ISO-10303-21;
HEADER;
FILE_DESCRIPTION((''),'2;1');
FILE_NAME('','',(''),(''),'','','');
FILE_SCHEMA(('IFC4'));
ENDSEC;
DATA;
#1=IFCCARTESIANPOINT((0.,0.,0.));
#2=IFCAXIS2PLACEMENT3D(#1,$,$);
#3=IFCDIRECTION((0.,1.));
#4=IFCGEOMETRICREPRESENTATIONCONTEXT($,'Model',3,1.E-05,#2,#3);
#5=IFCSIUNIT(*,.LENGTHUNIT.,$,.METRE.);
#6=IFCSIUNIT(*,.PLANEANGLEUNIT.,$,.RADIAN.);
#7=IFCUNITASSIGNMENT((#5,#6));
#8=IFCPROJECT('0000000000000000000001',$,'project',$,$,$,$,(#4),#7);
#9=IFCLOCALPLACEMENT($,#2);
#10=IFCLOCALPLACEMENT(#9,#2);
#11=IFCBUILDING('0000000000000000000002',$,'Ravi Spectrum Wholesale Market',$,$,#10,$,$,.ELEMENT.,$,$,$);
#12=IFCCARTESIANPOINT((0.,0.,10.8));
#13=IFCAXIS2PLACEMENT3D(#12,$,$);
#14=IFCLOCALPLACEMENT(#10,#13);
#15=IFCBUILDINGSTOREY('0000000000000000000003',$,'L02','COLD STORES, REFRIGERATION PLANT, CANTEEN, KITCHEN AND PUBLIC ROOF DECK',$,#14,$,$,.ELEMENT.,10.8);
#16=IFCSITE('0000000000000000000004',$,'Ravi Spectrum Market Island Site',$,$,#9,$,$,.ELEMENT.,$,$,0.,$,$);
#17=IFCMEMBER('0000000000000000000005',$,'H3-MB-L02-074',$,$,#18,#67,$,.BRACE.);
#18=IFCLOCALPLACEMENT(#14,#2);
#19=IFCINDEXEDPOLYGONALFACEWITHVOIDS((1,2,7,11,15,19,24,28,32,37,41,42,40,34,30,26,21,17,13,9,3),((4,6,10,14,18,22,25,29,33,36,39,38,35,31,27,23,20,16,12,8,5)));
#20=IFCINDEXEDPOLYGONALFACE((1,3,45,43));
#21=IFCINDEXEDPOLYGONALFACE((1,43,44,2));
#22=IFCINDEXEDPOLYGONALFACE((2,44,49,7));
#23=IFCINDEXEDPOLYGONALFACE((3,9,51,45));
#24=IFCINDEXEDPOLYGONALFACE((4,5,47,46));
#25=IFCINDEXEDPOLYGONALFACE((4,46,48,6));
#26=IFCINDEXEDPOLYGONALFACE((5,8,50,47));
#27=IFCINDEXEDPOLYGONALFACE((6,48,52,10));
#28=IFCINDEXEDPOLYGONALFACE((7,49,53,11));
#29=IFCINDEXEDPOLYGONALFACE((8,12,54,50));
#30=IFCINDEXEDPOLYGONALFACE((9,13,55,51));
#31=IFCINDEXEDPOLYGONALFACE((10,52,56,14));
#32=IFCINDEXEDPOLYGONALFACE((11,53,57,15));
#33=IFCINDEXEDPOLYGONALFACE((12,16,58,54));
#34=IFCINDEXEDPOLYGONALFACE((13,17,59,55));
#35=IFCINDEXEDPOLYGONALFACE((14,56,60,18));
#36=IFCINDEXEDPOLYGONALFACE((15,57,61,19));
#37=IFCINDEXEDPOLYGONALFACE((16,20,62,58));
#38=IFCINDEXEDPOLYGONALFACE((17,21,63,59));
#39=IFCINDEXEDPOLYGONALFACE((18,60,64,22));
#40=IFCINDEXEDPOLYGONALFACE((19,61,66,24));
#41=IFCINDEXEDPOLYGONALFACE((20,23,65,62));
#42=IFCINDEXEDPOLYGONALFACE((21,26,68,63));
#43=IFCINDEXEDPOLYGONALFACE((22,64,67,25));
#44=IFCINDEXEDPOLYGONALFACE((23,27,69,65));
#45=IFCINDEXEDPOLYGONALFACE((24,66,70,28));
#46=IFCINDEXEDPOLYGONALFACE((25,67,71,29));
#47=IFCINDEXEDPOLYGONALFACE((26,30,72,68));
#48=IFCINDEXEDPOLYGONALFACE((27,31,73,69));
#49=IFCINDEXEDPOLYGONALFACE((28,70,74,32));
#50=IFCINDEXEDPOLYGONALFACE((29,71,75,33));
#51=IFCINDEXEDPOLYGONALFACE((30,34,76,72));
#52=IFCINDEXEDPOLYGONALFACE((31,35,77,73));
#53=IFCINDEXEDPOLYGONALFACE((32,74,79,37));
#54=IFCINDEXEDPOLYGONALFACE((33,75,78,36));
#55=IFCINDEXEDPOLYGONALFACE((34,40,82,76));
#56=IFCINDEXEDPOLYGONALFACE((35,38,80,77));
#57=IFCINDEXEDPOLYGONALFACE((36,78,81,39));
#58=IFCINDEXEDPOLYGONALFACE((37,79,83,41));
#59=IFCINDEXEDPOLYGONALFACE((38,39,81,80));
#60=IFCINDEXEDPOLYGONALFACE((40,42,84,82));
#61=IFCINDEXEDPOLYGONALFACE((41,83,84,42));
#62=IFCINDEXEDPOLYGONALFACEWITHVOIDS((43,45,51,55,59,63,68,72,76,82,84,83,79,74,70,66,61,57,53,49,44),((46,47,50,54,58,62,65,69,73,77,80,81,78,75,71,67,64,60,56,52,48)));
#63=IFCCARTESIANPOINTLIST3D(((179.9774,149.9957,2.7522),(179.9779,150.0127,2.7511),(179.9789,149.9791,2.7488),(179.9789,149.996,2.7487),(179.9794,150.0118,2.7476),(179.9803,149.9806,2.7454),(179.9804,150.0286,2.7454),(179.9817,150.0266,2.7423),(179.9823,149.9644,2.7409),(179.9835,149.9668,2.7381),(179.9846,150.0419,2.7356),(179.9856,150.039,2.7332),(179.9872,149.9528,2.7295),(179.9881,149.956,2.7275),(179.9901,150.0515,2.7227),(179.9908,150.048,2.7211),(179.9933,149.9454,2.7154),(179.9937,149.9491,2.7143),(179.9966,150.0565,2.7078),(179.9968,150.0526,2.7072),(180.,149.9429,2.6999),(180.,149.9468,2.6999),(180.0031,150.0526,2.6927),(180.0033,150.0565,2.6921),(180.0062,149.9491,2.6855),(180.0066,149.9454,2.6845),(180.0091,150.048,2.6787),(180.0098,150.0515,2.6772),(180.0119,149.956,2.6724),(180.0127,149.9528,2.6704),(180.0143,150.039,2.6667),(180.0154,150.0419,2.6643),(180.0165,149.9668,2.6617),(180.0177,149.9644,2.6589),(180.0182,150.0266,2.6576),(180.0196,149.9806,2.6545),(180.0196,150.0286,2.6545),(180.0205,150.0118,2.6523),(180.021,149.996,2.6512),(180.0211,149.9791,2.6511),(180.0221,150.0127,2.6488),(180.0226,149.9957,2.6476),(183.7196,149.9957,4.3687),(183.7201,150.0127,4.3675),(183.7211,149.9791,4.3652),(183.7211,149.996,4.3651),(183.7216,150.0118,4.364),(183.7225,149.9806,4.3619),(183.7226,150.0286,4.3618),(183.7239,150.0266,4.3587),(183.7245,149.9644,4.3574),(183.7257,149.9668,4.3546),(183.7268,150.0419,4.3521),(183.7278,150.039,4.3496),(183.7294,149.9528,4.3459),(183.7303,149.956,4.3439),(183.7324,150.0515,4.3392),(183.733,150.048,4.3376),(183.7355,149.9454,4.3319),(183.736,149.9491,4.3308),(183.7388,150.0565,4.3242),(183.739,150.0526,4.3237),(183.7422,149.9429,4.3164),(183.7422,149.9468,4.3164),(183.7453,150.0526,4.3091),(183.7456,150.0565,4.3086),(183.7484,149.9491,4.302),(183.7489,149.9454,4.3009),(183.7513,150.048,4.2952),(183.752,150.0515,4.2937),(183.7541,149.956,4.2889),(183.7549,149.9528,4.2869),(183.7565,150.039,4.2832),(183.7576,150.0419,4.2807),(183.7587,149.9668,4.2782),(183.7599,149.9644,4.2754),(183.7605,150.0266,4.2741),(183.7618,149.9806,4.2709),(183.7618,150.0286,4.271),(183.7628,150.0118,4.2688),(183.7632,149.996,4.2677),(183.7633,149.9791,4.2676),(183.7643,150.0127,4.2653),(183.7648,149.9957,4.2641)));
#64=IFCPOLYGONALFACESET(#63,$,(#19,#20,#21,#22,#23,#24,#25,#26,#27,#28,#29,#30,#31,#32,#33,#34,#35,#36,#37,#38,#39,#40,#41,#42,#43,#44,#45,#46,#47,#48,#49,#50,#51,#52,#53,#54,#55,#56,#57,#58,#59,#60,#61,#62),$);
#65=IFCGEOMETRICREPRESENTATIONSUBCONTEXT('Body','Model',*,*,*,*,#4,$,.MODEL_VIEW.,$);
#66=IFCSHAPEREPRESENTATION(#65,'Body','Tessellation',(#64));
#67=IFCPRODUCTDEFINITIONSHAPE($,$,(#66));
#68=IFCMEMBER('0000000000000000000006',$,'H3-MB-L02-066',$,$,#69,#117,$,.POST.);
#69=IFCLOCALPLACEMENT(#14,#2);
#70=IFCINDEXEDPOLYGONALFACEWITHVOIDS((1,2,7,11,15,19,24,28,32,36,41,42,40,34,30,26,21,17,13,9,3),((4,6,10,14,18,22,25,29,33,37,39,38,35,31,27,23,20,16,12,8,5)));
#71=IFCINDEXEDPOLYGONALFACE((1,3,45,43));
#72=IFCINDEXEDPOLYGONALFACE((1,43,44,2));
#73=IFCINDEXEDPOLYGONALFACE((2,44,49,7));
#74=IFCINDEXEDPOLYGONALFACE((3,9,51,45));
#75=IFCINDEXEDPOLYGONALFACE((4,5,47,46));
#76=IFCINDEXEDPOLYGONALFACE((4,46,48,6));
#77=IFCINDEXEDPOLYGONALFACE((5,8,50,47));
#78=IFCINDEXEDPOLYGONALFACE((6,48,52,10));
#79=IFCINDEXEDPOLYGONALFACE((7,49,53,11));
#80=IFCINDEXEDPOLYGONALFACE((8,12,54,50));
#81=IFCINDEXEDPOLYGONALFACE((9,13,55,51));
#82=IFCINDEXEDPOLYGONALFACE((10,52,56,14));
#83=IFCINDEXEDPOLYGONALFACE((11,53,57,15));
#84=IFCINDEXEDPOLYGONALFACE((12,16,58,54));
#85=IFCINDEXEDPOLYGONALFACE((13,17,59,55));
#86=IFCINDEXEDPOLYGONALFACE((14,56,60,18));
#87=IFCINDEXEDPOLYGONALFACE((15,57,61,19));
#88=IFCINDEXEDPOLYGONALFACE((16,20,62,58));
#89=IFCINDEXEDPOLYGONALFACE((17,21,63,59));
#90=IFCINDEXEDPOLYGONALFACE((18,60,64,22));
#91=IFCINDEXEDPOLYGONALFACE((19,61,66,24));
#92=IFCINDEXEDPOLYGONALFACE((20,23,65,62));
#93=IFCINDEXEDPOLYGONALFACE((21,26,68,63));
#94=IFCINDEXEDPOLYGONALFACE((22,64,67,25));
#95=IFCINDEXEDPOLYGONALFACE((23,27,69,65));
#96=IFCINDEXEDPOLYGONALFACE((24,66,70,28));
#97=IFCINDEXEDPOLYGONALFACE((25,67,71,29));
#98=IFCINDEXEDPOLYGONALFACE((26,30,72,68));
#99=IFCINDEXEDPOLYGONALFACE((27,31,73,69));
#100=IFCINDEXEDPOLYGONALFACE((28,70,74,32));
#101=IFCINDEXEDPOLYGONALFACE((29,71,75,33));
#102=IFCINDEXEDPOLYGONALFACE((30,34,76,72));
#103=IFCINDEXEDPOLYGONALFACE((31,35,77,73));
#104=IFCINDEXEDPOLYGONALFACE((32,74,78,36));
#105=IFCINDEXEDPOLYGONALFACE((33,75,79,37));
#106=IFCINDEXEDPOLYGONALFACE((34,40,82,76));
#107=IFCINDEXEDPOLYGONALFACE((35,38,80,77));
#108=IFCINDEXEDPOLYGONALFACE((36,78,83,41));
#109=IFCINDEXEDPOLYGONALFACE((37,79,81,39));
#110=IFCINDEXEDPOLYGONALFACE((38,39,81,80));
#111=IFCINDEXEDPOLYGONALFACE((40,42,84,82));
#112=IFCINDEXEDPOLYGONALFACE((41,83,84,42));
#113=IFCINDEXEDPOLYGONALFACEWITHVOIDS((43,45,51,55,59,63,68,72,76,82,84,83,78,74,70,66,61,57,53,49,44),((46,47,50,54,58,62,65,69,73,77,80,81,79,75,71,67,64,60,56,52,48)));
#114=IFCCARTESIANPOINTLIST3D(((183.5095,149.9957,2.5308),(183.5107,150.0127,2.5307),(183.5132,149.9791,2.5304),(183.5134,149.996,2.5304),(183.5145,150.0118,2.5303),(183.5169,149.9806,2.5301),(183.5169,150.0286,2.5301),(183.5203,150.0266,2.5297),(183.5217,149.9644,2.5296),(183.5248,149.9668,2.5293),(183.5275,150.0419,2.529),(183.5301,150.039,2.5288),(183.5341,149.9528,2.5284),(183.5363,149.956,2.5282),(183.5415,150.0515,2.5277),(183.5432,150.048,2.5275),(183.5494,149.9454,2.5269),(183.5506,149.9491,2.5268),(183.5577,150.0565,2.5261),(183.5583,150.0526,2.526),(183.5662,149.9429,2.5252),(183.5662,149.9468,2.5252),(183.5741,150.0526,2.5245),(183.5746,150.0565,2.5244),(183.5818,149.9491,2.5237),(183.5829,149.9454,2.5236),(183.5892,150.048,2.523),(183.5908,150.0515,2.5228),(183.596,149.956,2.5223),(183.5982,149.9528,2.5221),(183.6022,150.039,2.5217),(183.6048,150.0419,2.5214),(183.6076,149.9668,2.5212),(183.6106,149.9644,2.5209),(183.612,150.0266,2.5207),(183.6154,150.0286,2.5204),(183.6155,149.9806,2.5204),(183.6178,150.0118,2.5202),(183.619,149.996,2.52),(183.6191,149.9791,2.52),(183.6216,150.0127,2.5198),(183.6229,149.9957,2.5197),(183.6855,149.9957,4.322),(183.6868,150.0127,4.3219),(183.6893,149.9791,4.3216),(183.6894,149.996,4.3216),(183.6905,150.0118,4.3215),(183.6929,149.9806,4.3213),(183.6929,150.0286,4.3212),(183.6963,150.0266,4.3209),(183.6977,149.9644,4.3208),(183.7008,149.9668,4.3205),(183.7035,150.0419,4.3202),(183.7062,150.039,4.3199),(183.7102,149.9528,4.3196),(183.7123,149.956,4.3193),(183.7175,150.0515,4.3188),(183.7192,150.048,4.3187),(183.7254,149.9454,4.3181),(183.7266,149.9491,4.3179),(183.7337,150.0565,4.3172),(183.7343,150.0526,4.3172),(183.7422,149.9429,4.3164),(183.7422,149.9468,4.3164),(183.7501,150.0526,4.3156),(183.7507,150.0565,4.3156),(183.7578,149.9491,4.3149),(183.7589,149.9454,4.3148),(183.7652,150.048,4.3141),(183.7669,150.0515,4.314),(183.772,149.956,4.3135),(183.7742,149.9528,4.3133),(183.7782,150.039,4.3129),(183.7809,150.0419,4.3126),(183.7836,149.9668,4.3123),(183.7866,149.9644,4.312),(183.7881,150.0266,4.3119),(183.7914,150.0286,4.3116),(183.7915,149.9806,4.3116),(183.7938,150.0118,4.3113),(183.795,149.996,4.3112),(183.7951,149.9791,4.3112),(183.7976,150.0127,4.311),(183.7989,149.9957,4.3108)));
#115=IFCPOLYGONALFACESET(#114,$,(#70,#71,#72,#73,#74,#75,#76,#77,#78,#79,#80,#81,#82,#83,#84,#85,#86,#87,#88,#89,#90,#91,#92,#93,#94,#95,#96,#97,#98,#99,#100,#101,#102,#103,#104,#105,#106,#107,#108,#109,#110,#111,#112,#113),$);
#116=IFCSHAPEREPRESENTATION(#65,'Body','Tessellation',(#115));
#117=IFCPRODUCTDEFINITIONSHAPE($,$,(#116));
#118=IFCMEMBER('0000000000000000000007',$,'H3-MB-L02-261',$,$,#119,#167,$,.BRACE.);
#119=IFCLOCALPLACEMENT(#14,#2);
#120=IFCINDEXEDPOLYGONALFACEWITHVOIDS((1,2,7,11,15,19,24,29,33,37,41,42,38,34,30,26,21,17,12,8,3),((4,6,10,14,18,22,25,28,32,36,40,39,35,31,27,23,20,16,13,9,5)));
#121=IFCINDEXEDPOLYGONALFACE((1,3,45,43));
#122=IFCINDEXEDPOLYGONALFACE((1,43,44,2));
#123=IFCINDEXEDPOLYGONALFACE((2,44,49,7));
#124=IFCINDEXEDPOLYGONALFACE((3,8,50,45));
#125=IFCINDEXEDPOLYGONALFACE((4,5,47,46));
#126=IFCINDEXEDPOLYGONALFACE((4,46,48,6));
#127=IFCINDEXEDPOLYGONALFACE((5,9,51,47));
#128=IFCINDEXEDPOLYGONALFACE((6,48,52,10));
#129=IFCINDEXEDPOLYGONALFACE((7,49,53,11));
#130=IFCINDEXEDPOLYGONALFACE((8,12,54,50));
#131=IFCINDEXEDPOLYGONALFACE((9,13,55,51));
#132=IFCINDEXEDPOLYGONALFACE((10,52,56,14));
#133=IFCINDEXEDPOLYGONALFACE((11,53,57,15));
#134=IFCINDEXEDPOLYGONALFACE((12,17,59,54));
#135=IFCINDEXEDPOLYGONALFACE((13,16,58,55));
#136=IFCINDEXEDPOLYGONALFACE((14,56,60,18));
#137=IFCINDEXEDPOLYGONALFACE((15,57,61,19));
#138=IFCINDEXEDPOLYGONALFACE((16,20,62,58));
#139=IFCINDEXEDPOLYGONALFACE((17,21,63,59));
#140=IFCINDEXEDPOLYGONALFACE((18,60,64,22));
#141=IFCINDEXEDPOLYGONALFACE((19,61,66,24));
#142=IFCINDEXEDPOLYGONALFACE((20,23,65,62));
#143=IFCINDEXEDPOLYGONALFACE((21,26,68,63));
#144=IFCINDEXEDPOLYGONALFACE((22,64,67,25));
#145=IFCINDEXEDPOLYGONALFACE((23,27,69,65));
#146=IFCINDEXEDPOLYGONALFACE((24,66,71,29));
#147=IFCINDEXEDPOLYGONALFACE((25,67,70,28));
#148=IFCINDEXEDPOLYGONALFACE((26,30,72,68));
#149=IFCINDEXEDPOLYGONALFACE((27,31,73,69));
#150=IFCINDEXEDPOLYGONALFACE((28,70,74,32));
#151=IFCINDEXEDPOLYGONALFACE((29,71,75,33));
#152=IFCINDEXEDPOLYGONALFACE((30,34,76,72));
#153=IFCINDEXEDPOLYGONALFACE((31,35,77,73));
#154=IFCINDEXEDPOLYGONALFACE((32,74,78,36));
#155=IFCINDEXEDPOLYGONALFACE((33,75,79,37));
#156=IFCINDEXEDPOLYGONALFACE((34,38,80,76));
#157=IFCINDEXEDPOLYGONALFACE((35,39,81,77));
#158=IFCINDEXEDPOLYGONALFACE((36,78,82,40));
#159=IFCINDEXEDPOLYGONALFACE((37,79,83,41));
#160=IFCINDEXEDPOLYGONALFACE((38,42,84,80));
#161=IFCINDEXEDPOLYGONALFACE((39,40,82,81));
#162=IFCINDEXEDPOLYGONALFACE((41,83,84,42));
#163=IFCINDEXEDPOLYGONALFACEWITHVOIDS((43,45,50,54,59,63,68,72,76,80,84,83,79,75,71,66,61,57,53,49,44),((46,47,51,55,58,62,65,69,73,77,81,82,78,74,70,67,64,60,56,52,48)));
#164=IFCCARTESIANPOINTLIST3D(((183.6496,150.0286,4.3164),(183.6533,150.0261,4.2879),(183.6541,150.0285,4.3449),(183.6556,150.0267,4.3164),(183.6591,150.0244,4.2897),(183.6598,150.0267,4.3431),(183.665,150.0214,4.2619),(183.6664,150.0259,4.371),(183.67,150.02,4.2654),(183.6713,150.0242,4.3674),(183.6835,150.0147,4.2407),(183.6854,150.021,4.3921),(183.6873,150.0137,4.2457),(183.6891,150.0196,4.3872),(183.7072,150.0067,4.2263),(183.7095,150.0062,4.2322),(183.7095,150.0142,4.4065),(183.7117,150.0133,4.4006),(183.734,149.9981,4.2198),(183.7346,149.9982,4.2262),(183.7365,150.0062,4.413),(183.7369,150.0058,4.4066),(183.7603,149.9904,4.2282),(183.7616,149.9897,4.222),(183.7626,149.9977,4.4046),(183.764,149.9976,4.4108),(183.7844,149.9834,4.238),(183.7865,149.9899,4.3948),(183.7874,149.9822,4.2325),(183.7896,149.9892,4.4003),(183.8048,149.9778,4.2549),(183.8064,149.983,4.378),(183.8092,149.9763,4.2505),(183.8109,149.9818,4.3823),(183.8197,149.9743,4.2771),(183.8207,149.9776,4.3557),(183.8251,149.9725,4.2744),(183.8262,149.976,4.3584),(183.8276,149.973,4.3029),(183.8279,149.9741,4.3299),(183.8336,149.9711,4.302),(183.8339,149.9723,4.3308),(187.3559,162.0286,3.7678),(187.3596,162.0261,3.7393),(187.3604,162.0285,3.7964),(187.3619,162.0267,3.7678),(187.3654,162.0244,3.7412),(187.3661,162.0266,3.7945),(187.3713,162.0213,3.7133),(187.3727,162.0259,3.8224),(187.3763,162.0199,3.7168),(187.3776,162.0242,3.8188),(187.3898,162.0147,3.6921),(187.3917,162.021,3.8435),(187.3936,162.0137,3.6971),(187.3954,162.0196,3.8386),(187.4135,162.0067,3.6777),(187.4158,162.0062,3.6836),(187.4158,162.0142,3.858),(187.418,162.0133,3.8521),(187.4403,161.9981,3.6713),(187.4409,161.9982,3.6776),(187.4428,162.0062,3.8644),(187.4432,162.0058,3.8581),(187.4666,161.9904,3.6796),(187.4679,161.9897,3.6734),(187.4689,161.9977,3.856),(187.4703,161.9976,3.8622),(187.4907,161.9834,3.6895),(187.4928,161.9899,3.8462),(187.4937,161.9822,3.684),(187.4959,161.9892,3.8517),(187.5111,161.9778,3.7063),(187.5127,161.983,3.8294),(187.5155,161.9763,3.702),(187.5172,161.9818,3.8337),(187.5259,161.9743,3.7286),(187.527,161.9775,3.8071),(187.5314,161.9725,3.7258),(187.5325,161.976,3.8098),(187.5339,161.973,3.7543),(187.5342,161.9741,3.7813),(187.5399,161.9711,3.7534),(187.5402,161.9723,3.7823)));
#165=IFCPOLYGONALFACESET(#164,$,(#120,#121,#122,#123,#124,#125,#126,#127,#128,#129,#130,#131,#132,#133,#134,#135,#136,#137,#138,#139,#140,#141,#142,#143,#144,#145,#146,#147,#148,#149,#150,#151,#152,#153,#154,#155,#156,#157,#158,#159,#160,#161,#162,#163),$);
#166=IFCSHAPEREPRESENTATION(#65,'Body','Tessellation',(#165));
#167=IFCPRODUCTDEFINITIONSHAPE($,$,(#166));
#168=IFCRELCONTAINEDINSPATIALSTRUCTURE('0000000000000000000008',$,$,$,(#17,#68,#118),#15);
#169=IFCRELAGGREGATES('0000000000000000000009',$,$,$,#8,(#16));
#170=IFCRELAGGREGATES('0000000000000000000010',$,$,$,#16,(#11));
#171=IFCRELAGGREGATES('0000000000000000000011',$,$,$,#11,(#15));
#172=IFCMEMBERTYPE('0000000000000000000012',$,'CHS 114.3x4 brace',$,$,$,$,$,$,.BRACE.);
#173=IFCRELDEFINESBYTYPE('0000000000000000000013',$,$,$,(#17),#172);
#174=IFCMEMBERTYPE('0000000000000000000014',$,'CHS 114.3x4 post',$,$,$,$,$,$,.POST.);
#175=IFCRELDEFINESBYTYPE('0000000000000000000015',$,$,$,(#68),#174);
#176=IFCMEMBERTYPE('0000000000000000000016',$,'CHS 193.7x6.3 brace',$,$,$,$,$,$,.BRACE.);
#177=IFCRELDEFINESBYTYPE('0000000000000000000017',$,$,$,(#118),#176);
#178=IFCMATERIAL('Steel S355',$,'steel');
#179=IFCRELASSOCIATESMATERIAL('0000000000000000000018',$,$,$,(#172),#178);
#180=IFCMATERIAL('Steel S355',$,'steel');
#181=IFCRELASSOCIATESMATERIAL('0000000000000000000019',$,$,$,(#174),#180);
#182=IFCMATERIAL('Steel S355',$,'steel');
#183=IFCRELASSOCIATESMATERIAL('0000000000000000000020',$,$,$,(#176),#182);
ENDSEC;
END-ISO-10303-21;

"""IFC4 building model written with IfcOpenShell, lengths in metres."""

from ifc_helpers import new_model, si_unit, direction, frame, origin, origin_2d, place, context, subcontext, project, spatial, hollow_circle, extrude, material, material_profile, profile_set, type_object, element, save


model = new_model("IFC4")

# Units and contexts
model_context = context("Model", 3, precision=1e-05, world=origin(), true_north=direction((0.0, 1.0)))
body_context = subcontext(model_context, "Body", "Model", "MODEL_VIEW")
ifc_project = project(units=[si_unit("LENGTHUNIT", "METRE"), si_unit("PLANEANGLEUNIT", "RADIAN")], contexts=[model_context])

# Site, building, storey
site_placement = place(None, origin())
site = spatial("IfcSite", under=ifc_project, at=site_placement, Name="Ravi Spectrum Market Island Site", CompositionType="ELEMENT", RefElevation=0.0)
building_placement = place(site_placement, origin())
building = spatial("IfcBuilding", under=site, at=building_placement, Name="Ravi Spectrum Wholesale Market", CompositionType="ELEMENT")
storey_placement = place(building_placement, frame((0.0, 0.0, 10.8)))
storey = spatial("IfcBuildingStorey", under=building, at=storey_placement, Name="L02", Description="COLD STORES, REFRIGERATION PLANT, CANTEEN, KITCHEN AND PUBLIC ROOF DECK", CompositionType="ELEMENT", Elevation=10.8)

# Members
ifc_material_1 = material(Name="Steel S355", Category="steel")
ifc_material_profile_1 = material_profile(ifc_material_1, hollow_circle(Radius=0.0571, WallThickness=0.0039, at=origin_2d()))
ifc_profile_set_1 = profile_set([ifc_material_profile_1], Name="Steel S355")
member_type_1 = type_object("IfcMemberType", Name="CHS 114.3x4 brace", PredefinedType="BRACE", material=ifc_profile_set_1)
member_1_placement = place(storey_placement, frame((183.7422, 150.0, 4.3164), z_axis=(-0.918017, 0.0, -0.396542), x_axis=(0.0, -1.0, 0.0)))
element("IfcMember", 1, at=member_1_placement, inside=storey, type_object=member_type_1, Name="H3-MB-L02-074", PredefinedType="BRACE", context=body_context, shape_type="SweptSolid", body=[
    extrude(hollow_circle(Radius=0.0571, WallThickness=0.0039, at=origin_2d()), origin(), (0.0, 0.0, 1.0), 4.0764),
])
ifc_material_2 = material(Name="Steel S355", Category="steel")
ifc_material_profile_2 = material_profile(ifc_material_2, hollow_circle(Radius=0.0571, WallThickness=0.0039, at=origin_2d()))
ifc_profile_set_2 = profile_set([ifc_material_profile_2], Name="Steel S355")
member_type_2 = type_object("IfcMemberType", Name="CHS 114.3x4 post", PredefinedType="POST", material=ifc_profile_set_2)
member_2_placement = place(storey_placement, frame((183.7422, 150.0, 4.3164), z_axis=(-0.097798, 0.0, -0.995206), x_axis=(0.0, -1.0, 0.0)))
element("IfcMember", 2, at=member_2_placement, inside=storey, type_object=member_type_2, Name="H3-MB-L02-066", PredefinedType="POST", context=body_context, shape_type="SweptSolid", body=[
    extrude(hollow_circle(Radius=0.0571, WallThickness=0.0039, at=origin_2d()), origin(), (0.0, 0.0, 1.0), 1.7998),
])
ifc_material_3 = material(Name="Steel S355", Category="steel")
ifc_material_profile_3 = material_profile(ifc_material_3, hollow_circle(Radius=0.0969, WallThickness=0.0063, at=origin_2d()))
ifc_profile_set_3 = profile_set([ifc_material_profile_3], Name="Steel S355")
member_type_3 = type_object("IfcMemberType", Name="CHS 193.7x6.3 brace", PredefinedType="BRACE", material=ifc_profile_set_3)
member_3_placement = place(storey_placement, frame((183.7422, 150.0, 4.3164), z_axis=(0.294822, 0.954555, -0.043638), x_axis=(-0.955465, 0.295103, 0.0)))
element("IfcMember", 3, at=member_3_placement, inside=storey, type_object=member_type_3, Name="H3-MB-L02-261", PredefinedType="BRACE", context=body_context, shape_type="SweptSolid", body=[
    extrude(hollow_circle(Radius=0.0969, WallThickness=0.0063, at=origin_2d()), origin(), (0.0, 0.0, 1.0), 12.5713),
])

save(model, "model.ifc")
